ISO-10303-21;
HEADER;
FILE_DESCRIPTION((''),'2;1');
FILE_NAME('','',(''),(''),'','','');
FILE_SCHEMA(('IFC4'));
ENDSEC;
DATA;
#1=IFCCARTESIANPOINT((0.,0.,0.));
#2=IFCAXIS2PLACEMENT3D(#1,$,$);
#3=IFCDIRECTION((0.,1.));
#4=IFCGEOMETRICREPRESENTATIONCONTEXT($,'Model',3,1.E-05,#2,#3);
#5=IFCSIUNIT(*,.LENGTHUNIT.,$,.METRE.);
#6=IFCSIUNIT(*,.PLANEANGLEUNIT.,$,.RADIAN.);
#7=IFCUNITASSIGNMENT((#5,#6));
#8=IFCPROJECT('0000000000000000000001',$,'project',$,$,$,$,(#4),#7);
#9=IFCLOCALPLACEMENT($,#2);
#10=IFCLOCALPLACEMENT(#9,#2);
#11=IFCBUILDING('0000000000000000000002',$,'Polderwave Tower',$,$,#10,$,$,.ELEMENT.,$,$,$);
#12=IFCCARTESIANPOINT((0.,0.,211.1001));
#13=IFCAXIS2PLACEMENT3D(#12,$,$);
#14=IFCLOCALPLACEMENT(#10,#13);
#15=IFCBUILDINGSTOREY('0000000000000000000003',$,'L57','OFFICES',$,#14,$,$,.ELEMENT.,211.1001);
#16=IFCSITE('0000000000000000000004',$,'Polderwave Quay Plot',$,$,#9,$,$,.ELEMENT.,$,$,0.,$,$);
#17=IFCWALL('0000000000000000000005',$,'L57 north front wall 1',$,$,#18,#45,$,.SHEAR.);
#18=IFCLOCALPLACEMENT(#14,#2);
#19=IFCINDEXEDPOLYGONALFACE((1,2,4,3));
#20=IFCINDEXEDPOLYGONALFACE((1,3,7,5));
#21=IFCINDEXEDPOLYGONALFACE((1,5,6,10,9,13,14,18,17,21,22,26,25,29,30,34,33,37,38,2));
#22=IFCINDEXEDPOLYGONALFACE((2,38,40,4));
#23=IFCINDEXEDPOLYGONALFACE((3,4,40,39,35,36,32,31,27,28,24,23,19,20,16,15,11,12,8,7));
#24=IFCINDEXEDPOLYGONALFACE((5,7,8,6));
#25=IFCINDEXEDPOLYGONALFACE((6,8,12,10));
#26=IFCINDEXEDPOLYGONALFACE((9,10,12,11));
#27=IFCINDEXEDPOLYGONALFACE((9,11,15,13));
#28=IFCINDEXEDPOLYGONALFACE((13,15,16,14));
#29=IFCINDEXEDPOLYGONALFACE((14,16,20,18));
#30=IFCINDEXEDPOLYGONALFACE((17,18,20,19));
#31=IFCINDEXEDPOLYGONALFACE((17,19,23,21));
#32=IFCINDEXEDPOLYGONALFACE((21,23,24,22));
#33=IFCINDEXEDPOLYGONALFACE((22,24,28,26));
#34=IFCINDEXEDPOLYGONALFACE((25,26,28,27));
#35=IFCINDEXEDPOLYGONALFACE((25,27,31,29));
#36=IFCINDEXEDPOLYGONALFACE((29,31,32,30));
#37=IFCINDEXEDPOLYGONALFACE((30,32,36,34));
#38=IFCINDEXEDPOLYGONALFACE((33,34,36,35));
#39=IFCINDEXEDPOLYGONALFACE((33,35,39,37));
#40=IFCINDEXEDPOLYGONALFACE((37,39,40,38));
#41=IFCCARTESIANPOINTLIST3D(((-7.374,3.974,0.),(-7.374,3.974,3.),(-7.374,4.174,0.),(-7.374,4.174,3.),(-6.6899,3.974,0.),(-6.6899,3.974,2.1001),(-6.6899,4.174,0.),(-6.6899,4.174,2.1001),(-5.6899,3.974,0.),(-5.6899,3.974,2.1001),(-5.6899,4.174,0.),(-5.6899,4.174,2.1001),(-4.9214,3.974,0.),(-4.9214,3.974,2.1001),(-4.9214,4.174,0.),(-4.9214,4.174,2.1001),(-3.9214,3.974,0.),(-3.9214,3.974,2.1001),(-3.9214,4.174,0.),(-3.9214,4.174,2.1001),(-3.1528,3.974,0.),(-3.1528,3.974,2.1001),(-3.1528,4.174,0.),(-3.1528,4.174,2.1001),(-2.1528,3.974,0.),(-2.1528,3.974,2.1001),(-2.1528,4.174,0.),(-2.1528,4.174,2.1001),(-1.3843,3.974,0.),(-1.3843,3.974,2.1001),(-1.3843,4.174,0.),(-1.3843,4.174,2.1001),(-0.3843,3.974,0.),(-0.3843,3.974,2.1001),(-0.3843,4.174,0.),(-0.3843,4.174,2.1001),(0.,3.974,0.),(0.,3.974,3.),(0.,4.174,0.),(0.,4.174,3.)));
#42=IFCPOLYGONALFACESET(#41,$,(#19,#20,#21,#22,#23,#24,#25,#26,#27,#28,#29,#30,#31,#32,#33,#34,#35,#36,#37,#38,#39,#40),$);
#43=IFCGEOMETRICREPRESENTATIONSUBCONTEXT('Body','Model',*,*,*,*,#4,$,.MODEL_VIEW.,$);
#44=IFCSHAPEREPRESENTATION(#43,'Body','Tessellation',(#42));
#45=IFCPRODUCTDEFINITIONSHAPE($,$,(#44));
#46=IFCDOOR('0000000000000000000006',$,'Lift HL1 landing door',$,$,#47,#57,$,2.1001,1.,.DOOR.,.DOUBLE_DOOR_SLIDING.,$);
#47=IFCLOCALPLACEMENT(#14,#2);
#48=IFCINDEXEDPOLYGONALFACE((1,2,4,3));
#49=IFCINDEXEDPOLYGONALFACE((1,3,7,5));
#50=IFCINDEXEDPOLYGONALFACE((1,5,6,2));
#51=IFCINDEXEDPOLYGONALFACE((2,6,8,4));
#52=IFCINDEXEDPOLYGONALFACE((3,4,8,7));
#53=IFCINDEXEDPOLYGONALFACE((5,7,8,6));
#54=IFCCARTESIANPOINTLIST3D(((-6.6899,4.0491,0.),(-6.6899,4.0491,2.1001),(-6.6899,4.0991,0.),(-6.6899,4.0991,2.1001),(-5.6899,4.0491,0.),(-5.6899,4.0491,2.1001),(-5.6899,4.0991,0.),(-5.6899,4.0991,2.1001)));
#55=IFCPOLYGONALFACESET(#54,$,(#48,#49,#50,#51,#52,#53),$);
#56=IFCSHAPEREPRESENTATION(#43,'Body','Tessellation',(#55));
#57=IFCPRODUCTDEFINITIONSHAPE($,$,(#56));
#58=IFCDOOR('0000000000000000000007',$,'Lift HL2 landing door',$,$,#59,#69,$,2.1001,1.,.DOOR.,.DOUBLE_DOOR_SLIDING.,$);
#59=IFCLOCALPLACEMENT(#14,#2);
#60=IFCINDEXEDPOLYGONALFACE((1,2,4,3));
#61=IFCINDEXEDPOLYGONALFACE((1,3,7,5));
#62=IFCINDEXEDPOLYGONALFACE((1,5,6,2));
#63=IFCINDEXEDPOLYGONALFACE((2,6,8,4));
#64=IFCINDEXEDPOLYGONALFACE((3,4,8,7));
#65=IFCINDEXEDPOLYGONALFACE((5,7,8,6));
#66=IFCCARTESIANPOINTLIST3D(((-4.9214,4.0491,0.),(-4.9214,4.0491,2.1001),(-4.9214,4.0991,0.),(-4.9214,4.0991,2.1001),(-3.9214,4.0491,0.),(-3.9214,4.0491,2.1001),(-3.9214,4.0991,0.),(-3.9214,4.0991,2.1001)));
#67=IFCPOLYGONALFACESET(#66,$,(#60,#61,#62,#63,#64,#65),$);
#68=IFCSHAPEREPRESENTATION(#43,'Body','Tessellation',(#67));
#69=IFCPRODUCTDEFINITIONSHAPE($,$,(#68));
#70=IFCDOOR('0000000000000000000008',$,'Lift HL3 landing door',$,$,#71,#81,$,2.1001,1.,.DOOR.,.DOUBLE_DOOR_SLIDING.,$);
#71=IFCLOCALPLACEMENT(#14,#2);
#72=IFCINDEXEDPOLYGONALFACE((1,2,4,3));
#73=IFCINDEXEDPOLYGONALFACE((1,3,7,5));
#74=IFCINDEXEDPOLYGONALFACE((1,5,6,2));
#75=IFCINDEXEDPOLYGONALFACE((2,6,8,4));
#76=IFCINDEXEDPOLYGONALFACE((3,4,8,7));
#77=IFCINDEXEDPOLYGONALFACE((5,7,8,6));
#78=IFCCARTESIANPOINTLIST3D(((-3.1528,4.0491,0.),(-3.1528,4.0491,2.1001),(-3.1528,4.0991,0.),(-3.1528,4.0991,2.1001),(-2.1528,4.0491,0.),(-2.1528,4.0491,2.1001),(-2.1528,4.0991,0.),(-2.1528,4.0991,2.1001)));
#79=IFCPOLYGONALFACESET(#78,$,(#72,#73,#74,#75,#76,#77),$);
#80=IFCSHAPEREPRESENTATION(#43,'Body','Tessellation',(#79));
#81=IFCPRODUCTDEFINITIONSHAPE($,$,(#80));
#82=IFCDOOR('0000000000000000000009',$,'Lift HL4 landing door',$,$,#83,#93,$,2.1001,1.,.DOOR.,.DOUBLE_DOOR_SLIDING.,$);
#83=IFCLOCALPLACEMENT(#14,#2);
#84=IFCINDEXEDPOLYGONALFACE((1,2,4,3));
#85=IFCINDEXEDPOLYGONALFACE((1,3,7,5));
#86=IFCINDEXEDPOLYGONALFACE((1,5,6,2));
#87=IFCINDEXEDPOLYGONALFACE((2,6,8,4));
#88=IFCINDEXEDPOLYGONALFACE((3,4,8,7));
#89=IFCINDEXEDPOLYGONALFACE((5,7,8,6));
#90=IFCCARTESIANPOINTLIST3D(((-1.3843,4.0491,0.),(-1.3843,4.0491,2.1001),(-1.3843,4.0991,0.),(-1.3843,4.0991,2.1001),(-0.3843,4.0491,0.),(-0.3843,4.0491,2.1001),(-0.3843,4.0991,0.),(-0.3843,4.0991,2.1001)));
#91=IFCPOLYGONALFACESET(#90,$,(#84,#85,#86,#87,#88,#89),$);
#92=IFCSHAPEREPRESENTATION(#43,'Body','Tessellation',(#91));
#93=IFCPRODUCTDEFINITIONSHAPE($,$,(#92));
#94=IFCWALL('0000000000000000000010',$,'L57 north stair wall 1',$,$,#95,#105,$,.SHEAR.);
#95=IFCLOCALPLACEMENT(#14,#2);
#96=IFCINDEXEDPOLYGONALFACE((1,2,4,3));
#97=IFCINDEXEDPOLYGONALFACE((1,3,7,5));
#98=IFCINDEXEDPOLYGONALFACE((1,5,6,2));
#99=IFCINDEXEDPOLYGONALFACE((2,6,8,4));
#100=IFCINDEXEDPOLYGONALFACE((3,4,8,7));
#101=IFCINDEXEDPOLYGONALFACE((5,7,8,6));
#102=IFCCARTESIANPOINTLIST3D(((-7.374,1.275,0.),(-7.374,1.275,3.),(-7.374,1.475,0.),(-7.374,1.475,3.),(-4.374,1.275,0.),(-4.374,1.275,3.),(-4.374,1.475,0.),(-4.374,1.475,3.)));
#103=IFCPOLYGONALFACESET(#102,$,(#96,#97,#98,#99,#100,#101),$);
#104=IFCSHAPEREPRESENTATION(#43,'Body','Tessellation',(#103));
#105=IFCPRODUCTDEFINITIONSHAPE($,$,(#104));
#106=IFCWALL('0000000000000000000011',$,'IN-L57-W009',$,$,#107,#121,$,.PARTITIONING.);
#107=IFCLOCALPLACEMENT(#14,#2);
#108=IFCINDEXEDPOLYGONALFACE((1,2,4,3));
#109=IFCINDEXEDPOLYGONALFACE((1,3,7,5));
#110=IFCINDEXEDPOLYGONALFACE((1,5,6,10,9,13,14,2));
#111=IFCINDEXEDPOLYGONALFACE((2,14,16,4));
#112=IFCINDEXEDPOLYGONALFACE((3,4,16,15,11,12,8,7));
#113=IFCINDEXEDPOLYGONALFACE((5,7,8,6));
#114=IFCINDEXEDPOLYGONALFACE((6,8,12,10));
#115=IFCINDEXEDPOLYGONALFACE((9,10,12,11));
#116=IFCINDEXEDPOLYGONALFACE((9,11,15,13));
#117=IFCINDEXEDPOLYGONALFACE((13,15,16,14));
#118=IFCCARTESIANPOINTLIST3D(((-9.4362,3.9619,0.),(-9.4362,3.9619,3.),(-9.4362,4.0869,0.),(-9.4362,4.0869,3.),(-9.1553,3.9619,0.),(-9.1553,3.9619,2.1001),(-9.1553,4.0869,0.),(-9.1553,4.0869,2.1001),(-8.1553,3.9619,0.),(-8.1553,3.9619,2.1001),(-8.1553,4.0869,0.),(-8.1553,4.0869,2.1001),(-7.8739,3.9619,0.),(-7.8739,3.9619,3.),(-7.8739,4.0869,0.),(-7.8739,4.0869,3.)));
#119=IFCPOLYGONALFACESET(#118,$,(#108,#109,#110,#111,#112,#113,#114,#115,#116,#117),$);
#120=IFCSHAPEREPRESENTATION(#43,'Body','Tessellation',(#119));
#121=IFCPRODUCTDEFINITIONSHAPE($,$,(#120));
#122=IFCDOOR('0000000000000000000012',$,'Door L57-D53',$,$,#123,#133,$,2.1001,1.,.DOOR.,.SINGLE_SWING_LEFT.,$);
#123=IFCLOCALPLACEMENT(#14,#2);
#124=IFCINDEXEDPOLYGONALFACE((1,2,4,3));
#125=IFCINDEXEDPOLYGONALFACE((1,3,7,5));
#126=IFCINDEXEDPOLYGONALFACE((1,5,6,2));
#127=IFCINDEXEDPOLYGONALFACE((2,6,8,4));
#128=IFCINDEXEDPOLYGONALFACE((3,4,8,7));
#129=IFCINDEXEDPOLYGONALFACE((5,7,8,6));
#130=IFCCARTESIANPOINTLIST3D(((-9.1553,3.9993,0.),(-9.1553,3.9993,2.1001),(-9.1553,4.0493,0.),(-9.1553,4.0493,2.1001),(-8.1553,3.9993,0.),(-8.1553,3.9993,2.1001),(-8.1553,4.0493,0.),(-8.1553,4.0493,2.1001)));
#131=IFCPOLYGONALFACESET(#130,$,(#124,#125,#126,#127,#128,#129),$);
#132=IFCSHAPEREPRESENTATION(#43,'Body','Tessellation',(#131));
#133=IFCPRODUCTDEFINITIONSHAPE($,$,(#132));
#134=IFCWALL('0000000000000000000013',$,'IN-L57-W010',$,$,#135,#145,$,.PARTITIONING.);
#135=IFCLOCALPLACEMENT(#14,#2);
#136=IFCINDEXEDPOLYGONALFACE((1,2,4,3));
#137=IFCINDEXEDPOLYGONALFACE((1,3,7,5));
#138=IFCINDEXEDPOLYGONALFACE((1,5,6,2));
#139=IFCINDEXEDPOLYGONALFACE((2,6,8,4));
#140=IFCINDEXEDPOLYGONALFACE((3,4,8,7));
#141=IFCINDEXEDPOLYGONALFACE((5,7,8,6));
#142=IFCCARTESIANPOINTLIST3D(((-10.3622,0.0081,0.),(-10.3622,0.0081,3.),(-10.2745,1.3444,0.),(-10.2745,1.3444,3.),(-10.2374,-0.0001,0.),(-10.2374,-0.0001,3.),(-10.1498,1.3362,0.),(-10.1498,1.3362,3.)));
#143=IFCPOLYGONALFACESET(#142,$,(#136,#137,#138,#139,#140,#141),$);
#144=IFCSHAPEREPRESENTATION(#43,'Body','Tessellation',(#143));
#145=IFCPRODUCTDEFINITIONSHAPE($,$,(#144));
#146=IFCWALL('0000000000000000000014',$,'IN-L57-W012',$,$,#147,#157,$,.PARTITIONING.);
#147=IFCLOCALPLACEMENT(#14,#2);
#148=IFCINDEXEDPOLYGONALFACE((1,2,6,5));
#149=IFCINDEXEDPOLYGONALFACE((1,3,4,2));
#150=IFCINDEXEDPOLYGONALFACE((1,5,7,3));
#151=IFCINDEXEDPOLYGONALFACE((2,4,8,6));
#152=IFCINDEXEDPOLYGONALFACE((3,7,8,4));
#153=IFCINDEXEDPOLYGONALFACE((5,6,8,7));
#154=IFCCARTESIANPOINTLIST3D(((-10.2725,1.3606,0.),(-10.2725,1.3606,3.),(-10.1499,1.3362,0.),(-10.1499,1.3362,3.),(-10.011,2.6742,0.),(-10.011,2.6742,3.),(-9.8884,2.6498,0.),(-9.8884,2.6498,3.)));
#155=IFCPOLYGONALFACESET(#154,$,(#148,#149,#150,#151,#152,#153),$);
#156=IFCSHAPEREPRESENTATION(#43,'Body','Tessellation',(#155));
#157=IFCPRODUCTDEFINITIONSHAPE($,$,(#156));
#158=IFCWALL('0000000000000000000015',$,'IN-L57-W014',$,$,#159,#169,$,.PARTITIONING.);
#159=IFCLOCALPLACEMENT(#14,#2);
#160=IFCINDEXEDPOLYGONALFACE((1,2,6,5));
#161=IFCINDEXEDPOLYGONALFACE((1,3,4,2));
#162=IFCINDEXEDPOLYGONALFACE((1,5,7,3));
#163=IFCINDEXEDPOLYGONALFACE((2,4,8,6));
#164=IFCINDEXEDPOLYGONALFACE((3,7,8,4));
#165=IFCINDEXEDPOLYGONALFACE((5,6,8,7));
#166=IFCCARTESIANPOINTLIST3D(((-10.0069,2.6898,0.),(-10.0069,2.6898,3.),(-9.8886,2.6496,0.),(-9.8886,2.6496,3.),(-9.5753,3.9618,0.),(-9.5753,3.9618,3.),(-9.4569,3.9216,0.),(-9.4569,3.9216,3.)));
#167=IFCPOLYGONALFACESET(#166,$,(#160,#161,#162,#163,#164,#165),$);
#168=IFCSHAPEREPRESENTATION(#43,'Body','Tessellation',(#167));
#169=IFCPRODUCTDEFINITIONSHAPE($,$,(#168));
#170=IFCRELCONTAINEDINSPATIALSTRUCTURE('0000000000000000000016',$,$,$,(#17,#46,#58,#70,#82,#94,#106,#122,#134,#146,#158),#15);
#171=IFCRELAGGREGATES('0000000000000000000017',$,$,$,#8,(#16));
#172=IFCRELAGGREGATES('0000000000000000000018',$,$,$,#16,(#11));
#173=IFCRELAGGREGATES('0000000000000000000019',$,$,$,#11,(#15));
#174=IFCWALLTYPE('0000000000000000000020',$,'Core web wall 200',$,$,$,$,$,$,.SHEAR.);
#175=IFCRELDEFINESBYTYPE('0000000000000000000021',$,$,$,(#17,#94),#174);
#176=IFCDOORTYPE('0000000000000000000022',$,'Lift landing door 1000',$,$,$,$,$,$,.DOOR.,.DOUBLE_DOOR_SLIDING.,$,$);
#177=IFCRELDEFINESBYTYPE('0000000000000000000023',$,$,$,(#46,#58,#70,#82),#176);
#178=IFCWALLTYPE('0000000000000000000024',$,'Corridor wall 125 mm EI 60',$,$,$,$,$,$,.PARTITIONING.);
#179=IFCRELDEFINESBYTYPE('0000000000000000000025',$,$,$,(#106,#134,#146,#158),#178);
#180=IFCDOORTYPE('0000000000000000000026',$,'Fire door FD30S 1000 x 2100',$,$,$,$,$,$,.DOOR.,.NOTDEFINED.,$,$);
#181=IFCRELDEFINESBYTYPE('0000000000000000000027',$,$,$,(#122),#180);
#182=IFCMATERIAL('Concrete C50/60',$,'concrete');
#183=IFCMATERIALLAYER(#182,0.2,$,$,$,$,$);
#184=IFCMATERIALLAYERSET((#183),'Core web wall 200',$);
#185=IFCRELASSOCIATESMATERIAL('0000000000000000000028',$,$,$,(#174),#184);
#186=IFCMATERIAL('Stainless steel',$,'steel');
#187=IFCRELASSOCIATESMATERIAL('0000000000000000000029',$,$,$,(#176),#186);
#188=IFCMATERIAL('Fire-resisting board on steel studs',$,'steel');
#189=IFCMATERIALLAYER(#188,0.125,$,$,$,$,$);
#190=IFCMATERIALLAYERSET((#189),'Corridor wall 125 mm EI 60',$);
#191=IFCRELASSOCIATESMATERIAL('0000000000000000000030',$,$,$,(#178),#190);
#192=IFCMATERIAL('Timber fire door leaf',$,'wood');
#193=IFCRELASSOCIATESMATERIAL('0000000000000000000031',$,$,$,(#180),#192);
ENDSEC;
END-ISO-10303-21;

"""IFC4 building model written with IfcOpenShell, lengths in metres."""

from ifc_helpers import new_model, si_unit, direction, frame, frame_2d, origin, place, context, subcontext, project, spatial, rectangle, extrude, material, layer, layer_set, type_object, element, fill, save


model = new_model("IFC4")

# Units and contexts
model_context = context("Model", 3, precision=1e-05, world=origin(), true_north=direction((0.0, 1.0)))
body_context = subcontext(model_context, "Body", "Model", "MODEL_VIEW")
ifc_project = project(units=[si_unit("LENGTHUNIT", "METRE"), si_unit("PLANEANGLEUNIT", "RADIAN")], contexts=[model_context])

# Site, building, storey
site_placement = place(None, origin())
site = spatial("IfcSite", under=ifc_project, at=site_placement, Name="Polderwave Quay Plot", CompositionType="ELEMENT", RefElevation=0.0)
building_placement = place(site_placement, origin())
building = spatial("IfcBuilding", under=site, at=building_placement, Name="Polderwave Tower", CompositionType="ELEMENT")
storey_placement = place(building_placement, frame((0.0, 0.0, 211.1001)))
storey = spatial("IfcBuildingStorey", under=building, at=storey_placement, Name="L57", Description="OFFICES", CompositionType="ELEMENT", Elevation=211.1001)

# Wall, openings, doors
ifc_material_1 = material(Name="Concrete C50/60", Category="concrete")
ifc_layer_1 = layer(ifc_material_1, 0.2)
ifc_layer_set_1 = layer_set([ifc_layer_1], Name="Core web wall 200")
wall_type_1 = type_object("IfcWallType", Name="Core web wall 200", PredefinedType="SHEAR", material=ifc_layer_set_1)
wall_1_placement = place(storey_placement, frame((-7.374, 4.074, 0.0), z_axis=(0.0, 0.0, 1.0), x_axis=(1.0, 0.0, 0.0)))
wall_1 = element("IfcWall", 1, at=wall_1_placement, inside=storey, type_object=wall_type_1, Name="L57 north front wall 1", PredefinedType="SHEAR", context=body_context, shape_type="SweptSolid", body=[
    extrude(rectangle(XDim=7.374, YDim=0.2, at=frame_2d((3.687, 0.0))), origin(), (0.0, 0.0, 1.0), 3.0),
])
opening_1_placement = place(wall_1_placement, frame((0.6841, 0.0, 0.0)))
opening_1 = element("IfcOpeningElement", 2, at=opening_1_placement, cuts=wall_1, PredefinedType="OPENING", context=body_context, shape_type="SweptSolid", body=[
    extrude(rectangle(XDim=1.0, YDim=2.1001, at=frame_2d((0.5, 1.05))), frame((0.0, 0.1099, 0.0), z_axis=(0.0, -1.0, 0.0), x_axis=(1.0, 0.0, 0.0)), (0.0, 0.0, 1.0), 0.22),
])
opening_2_placement = place(wall_1_placement, frame((2.4526, 0.0, 0.0)))
opening_2 = element("IfcOpeningElement", 3, at=opening_2_placement, cuts=wall_1, PredefinedType="OPENING", context=body_context, shape_type="SweptSolid", body=[
    extrude(rectangle(XDim=1.0, YDim=2.1001, at=frame_2d((0.5, 1.05))), frame((0.0, 0.1099, 0.0), z_axis=(0.0, -1.0, 0.0), x_axis=(1.0, 0.0, 0.0)), (0.0, 0.0, 1.0), 0.22),
])
opening_3_placement = place(wall_1_placement, frame((4.2212, 0.0, 0.0)))
opening_3 = element("IfcOpeningElement", 4, at=opening_3_placement, cuts=wall_1, PredefinedType="OPENING", context=body_context, shape_type="SweptSolid", body=[
    extrude(rectangle(XDim=1.0, YDim=2.1001, at=frame_2d((0.5, 1.05))), frame((0.0, 0.1099, 0.0), z_axis=(0.0, -1.0, 0.0), x_axis=(1.0, 0.0, 0.0)), (0.0, 0.0, 1.0), 0.22),
])
opening_4_placement = place(wall_1_placement, frame((5.9897, 0.0, 0.0)))
opening_4 = element("IfcOpeningElement", 5, at=opening_4_placement, cuts=wall_1, PredefinedType="OPENING", context=body_context, shape_type="SweptSolid", body=[
    extrude(rectangle(XDim=1.0, YDim=2.1001, at=frame_2d((0.5, 1.05))), frame((0.0, 0.1099, 0.0), z_axis=(0.0, -1.0, 0.0), x_axis=(1.0, 0.0, 0.0)), (0.0, 0.0, 1.0), 0.22),
])
ifc_material_2 = material(Name="Stainless steel", Category="steel")
door_type_1 = type_object("IfcDoorType", Name="Lift landing door 1000", OperationType="DOUBLE_DOOR_SLIDING", PredefinedType="DOOR", material=ifc_material_2)
door_1_placement = place(opening_1_placement, frame((1.0, 0.0, 0.0), z_axis=(0.0, 0.0, 1.0), x_axis=(-1.0, 0.0, 0.0)))
door_1 = element("IfcDoor", 6, at=door_1_placement, inside=storey, type_object=door_type_1, Name="Lift HL1 landing door", OperationType="DOUBLE_DOOR_SLIDING", OverallHeight=2.1001, OverallWidth=1.0, PredefinedType="DOOR", context=body_context, shape_type="SweptSolid", body=[
    extrude(rectangle(XDim=1.0, YDim=2.1001, at=frame_2d((0.5, 1.05))), frame((0.0, 0.0249, 0.0), z_axis=(0.0, -1.0, 0.0), x_axis=(1.0, 0.0, 0.0)), (0.0, 0.0, 1.0), 0.05),
])
fill(opening_1, door_1)
door_2_placement = place(opening_2_placement, frame((1.0, 0.0, 0.0), z_axis=(0.0, 0.0, 1.0), x_axis=(-1.0, 0.0, 0.0)))
door_2 = element("IfcDoor", 7, at=door_2_placement, inside=storey, type_object=door_type_1, Name="Lift HL2 landing door", OperationType="DOUBLE_DOOR_SLIDING", OverallHeight=2.1001, OverallWidth=1.0, PredefinedType="DOOR", context=body_context, shape_type="SweptSolid", body=[
    extrude(rectangle(XDim=1.0, YDim=2.1001, at=frame_2d((0.5, 1.05))), frame((0.0, 0.0249, 0.0), z_axis=(0.0, -1.0, 0.0), x_axis=(1.0, 0.0, 0.0)), (0.0, 0.0, 1.0), 0.05),
])
fill(opening_2, door_2)
door_3_placement = place(opening_3_placement, frame((1.0, 0.0, 0.0), z_axis=(0.0, 0.0, 1.0), x_axis=(-1.0, 0.0, 0.0)))
door_3 = element("IfcDoor", 8, at=door_3_placement, inside=storey, type_object=door_type_1, Name="Lift HL3 landing door", OperationType="DOUBLE_DOOR_SLIDING", OverallHeight=2.1001, OverallWidth=1.0, PredefinedType="DOOR", context=body_context, shape_type="SweptSolid", body=[
    extrude(rectangle(XDim=1.0, YDim=2.1001, at=frame_2d((0.5, 1.05))), frame((0.0, 0.0249, 0.0), z_axis=(0.0, -1.0, 0.0), x_axis=(1.0, 0.0, 0.0)), (0.0, 0.0, 1.0), 0.05),
])
fill(opening_3, door_3)
door_4_placement = place(opening_4_placement, frame((1.0, 0.0, 0.0), z_axis=(0.0, 0.0, 1.0), x_axis=(-1.0, 0.0, 0.0)))
door_4 = element("IfcDoor", 9, at=door_4_placement, inside=storey, type_object=door_type_1, Name="Lift HL4 landing door", OperationType="DOUBLE_DOOR_SLIDING", OverallHeight=2.1001, OverallWidth=1.0, PredefinedType="DOOR", context=body_context, shape_type="SweptSolid", body=[
    extrude(rectangle(XDim=1.0, YDim=2.1001, at=frame_2d((0.5, 1.05))), frame((0.0, 0.0249, 0.0), z_axis=(0.0, -1.0, 0.0), x_axis=(1.0, 0.0, 0.0)), (0.0, 0.0, 1.0), 0.05),
])
fill(opening_4, door_4)

# Wall
wall_2_placement = place(storey_placement, frame((-7.374, 1.375, 0.0), z_axis=(0.0, 0.0, 1.0), x_axis=(1.0, 0.0, 0.0)))
element("IfcWall", 10, at=wall_2_placement, inside=storey, type_object=wall_type_1, Name="L57 north stair wall 1", PredefinedType="SHEAR", context=body_context, shape_type="SweptSolid", body=[
    extrude(rectangle(XDim=3.0, YDim=0.2, at=frame_2d((1.5, 0.0))), origin(), (0.0, 0.0, 1.0), 3.0),
])

# Wall, opening, door
ifc_material_3 = material(Name="Fire-resisting board on steel studs", Category="steel")
ifc_layer_2 = layer(ifc_material_3, 0.125)
ifc_layer_set_2 = layer_set([ifc_layer_2], Name="Corridor wall 125 mm EI 60")
wall_type_2 = type_object("IfcWallType", Name="Corridor wall 125 mm EI 60", PredefinedType="PARTITIONING", material=ifc_layer_set_2)
wall_3_placement = place(storey_placement, frame((-9.4363, 4.0244, 0.0), z_axis=(0.0, 0.0, 1.0), x_axis=(1.0, 0.0, 0.0)))
wall_3 = element("IfcWall", 11, at=wall_3_placement, inside=storey, type_object=wall_type_2, Name="IN-L57-W009", PredefinedType="PARTITIONING", context=body_context, shape_type="SweptSolid", body=[
    extrude(rectangle(XDim=1.5623, YDim=0.125, at=frame_2d((0.7812, 0.0))), origin(), (0.0, 0.0, 1.0), 3.0),
])
opening_5_placement = place(wall_3_placement, frame((0.281, 0.0, 0.0)))
opening_5 = element("IfcOpeningElement", 12, at=opening_5_placement, cuts=wall_3, PredefinedType="OPENING", context=body_context, shape_type="SweptSolid", body=[
    extrude(rectangle(XDim=1.0, YDim=2.1001, at=frame_2d((0.5, 1.05))), frame((0.0, 0.0725, 0.0), z_axis=(0.0, -1.0, 0.0), x_axis=(1.0, 0.0, 0.0)), (0.0, 0.0, 1.0), 0.145),
])
ifc_material_4 = material(Name="Timber fire door leaf", Category="wood")
door_type_2 = type_object("IfcDoorType", Name="Fire door FD30S 1000 x 2100", OperationType="NOTDEFINED", PredefinedType="DOOR", material=ifc_material_4)
door_5_placement = place(opening_5_placement, origin())
door_5 = element("IfcDoor", 13, at=door_5_placement, inside=storey, type_object=door_type_2, Name="Door L57-D53", OperationType="SINGLE_SWING_LEFT", OverallHeight=2.1001, OverallWidth=1.0, PredefinedType="DOOR", context=body_context, shape_type="SweptSolid", body=[
    extrude(rectangle(XDim=1.0, YDim=2.1001, at=frame_2d((0.5, 1.05))), frame((0.0, 0.0249, 0.0), z_axis=(0.0, -1.0, 0.0), x_axis=(1.0, 0.0, 0.0)), (0.0, 0.0, 1.0), 0.05),
])
fill(opening_5, door_5)

# Walls
wall_4_placement = place(storey_placement, frame((-10.2998, 0.0042, 0.0), z_axis=(0.0, 0.0, 1.0), x_axis=(0.065454, 0.997856, 0.0)))
element("IfcWall", 14, at=wall_4_placement, inside=storey, type_object=wall_type_2, Name="IN-L57-W010", PredefinedType="PARTITIONING", context=body_context, shape_type="SweptSolid", body=[
    extrude(rectangle(XDim=1.3391, YDim=0.125, at=frame_2d((0.6694, 0.0))), origin(), (0.0, 0.0, 1.0), 3.0),
])
wall_5_placement = place(storey_placement, frame((-10.2112, 1.3484, 0.0), z_axis=(0.0, 0.0, 1.0), x_axis=(0.19524, 0.980756, 0.0)))
element("IfcWall", 15, at=wall_5_placement, inside=storey, type_object=wall_type_2, Name="IN-L57-W012", PredefinedType="PARTITIONING", context=body_context, shape_type="SweptSolid", body=[
    extrude(rectangle(XDim=1.3394, YDim=0.125, at=frame_2d((0.6697, 0.0))), origin(), (0.0, 0.0, 1.0), 3.0),
])
wall_6_placement = place(storey_placement, frame((-9.9478, 2.6697, 0.0), z_axis=(0.0, 0.0, 1.0), x_axis=(0.321349, 0.946961, 0.0)))
element("IfcWall", 16, at=wall_6_placement, inside=storey, type_object=wall_type_2, Name="IN-L57-W014", PredefinedType="PARTITIONING", context=body_context, shape_type="SweptSolid", body=[
    extrude(rectangle(XDim=1.3433, YDim=0.125, at=frame_2d((0.6716, 0.0))), origin(), (0.0, 0.0, 1.0), 3.0),
])

save(model, "model.ifc")
